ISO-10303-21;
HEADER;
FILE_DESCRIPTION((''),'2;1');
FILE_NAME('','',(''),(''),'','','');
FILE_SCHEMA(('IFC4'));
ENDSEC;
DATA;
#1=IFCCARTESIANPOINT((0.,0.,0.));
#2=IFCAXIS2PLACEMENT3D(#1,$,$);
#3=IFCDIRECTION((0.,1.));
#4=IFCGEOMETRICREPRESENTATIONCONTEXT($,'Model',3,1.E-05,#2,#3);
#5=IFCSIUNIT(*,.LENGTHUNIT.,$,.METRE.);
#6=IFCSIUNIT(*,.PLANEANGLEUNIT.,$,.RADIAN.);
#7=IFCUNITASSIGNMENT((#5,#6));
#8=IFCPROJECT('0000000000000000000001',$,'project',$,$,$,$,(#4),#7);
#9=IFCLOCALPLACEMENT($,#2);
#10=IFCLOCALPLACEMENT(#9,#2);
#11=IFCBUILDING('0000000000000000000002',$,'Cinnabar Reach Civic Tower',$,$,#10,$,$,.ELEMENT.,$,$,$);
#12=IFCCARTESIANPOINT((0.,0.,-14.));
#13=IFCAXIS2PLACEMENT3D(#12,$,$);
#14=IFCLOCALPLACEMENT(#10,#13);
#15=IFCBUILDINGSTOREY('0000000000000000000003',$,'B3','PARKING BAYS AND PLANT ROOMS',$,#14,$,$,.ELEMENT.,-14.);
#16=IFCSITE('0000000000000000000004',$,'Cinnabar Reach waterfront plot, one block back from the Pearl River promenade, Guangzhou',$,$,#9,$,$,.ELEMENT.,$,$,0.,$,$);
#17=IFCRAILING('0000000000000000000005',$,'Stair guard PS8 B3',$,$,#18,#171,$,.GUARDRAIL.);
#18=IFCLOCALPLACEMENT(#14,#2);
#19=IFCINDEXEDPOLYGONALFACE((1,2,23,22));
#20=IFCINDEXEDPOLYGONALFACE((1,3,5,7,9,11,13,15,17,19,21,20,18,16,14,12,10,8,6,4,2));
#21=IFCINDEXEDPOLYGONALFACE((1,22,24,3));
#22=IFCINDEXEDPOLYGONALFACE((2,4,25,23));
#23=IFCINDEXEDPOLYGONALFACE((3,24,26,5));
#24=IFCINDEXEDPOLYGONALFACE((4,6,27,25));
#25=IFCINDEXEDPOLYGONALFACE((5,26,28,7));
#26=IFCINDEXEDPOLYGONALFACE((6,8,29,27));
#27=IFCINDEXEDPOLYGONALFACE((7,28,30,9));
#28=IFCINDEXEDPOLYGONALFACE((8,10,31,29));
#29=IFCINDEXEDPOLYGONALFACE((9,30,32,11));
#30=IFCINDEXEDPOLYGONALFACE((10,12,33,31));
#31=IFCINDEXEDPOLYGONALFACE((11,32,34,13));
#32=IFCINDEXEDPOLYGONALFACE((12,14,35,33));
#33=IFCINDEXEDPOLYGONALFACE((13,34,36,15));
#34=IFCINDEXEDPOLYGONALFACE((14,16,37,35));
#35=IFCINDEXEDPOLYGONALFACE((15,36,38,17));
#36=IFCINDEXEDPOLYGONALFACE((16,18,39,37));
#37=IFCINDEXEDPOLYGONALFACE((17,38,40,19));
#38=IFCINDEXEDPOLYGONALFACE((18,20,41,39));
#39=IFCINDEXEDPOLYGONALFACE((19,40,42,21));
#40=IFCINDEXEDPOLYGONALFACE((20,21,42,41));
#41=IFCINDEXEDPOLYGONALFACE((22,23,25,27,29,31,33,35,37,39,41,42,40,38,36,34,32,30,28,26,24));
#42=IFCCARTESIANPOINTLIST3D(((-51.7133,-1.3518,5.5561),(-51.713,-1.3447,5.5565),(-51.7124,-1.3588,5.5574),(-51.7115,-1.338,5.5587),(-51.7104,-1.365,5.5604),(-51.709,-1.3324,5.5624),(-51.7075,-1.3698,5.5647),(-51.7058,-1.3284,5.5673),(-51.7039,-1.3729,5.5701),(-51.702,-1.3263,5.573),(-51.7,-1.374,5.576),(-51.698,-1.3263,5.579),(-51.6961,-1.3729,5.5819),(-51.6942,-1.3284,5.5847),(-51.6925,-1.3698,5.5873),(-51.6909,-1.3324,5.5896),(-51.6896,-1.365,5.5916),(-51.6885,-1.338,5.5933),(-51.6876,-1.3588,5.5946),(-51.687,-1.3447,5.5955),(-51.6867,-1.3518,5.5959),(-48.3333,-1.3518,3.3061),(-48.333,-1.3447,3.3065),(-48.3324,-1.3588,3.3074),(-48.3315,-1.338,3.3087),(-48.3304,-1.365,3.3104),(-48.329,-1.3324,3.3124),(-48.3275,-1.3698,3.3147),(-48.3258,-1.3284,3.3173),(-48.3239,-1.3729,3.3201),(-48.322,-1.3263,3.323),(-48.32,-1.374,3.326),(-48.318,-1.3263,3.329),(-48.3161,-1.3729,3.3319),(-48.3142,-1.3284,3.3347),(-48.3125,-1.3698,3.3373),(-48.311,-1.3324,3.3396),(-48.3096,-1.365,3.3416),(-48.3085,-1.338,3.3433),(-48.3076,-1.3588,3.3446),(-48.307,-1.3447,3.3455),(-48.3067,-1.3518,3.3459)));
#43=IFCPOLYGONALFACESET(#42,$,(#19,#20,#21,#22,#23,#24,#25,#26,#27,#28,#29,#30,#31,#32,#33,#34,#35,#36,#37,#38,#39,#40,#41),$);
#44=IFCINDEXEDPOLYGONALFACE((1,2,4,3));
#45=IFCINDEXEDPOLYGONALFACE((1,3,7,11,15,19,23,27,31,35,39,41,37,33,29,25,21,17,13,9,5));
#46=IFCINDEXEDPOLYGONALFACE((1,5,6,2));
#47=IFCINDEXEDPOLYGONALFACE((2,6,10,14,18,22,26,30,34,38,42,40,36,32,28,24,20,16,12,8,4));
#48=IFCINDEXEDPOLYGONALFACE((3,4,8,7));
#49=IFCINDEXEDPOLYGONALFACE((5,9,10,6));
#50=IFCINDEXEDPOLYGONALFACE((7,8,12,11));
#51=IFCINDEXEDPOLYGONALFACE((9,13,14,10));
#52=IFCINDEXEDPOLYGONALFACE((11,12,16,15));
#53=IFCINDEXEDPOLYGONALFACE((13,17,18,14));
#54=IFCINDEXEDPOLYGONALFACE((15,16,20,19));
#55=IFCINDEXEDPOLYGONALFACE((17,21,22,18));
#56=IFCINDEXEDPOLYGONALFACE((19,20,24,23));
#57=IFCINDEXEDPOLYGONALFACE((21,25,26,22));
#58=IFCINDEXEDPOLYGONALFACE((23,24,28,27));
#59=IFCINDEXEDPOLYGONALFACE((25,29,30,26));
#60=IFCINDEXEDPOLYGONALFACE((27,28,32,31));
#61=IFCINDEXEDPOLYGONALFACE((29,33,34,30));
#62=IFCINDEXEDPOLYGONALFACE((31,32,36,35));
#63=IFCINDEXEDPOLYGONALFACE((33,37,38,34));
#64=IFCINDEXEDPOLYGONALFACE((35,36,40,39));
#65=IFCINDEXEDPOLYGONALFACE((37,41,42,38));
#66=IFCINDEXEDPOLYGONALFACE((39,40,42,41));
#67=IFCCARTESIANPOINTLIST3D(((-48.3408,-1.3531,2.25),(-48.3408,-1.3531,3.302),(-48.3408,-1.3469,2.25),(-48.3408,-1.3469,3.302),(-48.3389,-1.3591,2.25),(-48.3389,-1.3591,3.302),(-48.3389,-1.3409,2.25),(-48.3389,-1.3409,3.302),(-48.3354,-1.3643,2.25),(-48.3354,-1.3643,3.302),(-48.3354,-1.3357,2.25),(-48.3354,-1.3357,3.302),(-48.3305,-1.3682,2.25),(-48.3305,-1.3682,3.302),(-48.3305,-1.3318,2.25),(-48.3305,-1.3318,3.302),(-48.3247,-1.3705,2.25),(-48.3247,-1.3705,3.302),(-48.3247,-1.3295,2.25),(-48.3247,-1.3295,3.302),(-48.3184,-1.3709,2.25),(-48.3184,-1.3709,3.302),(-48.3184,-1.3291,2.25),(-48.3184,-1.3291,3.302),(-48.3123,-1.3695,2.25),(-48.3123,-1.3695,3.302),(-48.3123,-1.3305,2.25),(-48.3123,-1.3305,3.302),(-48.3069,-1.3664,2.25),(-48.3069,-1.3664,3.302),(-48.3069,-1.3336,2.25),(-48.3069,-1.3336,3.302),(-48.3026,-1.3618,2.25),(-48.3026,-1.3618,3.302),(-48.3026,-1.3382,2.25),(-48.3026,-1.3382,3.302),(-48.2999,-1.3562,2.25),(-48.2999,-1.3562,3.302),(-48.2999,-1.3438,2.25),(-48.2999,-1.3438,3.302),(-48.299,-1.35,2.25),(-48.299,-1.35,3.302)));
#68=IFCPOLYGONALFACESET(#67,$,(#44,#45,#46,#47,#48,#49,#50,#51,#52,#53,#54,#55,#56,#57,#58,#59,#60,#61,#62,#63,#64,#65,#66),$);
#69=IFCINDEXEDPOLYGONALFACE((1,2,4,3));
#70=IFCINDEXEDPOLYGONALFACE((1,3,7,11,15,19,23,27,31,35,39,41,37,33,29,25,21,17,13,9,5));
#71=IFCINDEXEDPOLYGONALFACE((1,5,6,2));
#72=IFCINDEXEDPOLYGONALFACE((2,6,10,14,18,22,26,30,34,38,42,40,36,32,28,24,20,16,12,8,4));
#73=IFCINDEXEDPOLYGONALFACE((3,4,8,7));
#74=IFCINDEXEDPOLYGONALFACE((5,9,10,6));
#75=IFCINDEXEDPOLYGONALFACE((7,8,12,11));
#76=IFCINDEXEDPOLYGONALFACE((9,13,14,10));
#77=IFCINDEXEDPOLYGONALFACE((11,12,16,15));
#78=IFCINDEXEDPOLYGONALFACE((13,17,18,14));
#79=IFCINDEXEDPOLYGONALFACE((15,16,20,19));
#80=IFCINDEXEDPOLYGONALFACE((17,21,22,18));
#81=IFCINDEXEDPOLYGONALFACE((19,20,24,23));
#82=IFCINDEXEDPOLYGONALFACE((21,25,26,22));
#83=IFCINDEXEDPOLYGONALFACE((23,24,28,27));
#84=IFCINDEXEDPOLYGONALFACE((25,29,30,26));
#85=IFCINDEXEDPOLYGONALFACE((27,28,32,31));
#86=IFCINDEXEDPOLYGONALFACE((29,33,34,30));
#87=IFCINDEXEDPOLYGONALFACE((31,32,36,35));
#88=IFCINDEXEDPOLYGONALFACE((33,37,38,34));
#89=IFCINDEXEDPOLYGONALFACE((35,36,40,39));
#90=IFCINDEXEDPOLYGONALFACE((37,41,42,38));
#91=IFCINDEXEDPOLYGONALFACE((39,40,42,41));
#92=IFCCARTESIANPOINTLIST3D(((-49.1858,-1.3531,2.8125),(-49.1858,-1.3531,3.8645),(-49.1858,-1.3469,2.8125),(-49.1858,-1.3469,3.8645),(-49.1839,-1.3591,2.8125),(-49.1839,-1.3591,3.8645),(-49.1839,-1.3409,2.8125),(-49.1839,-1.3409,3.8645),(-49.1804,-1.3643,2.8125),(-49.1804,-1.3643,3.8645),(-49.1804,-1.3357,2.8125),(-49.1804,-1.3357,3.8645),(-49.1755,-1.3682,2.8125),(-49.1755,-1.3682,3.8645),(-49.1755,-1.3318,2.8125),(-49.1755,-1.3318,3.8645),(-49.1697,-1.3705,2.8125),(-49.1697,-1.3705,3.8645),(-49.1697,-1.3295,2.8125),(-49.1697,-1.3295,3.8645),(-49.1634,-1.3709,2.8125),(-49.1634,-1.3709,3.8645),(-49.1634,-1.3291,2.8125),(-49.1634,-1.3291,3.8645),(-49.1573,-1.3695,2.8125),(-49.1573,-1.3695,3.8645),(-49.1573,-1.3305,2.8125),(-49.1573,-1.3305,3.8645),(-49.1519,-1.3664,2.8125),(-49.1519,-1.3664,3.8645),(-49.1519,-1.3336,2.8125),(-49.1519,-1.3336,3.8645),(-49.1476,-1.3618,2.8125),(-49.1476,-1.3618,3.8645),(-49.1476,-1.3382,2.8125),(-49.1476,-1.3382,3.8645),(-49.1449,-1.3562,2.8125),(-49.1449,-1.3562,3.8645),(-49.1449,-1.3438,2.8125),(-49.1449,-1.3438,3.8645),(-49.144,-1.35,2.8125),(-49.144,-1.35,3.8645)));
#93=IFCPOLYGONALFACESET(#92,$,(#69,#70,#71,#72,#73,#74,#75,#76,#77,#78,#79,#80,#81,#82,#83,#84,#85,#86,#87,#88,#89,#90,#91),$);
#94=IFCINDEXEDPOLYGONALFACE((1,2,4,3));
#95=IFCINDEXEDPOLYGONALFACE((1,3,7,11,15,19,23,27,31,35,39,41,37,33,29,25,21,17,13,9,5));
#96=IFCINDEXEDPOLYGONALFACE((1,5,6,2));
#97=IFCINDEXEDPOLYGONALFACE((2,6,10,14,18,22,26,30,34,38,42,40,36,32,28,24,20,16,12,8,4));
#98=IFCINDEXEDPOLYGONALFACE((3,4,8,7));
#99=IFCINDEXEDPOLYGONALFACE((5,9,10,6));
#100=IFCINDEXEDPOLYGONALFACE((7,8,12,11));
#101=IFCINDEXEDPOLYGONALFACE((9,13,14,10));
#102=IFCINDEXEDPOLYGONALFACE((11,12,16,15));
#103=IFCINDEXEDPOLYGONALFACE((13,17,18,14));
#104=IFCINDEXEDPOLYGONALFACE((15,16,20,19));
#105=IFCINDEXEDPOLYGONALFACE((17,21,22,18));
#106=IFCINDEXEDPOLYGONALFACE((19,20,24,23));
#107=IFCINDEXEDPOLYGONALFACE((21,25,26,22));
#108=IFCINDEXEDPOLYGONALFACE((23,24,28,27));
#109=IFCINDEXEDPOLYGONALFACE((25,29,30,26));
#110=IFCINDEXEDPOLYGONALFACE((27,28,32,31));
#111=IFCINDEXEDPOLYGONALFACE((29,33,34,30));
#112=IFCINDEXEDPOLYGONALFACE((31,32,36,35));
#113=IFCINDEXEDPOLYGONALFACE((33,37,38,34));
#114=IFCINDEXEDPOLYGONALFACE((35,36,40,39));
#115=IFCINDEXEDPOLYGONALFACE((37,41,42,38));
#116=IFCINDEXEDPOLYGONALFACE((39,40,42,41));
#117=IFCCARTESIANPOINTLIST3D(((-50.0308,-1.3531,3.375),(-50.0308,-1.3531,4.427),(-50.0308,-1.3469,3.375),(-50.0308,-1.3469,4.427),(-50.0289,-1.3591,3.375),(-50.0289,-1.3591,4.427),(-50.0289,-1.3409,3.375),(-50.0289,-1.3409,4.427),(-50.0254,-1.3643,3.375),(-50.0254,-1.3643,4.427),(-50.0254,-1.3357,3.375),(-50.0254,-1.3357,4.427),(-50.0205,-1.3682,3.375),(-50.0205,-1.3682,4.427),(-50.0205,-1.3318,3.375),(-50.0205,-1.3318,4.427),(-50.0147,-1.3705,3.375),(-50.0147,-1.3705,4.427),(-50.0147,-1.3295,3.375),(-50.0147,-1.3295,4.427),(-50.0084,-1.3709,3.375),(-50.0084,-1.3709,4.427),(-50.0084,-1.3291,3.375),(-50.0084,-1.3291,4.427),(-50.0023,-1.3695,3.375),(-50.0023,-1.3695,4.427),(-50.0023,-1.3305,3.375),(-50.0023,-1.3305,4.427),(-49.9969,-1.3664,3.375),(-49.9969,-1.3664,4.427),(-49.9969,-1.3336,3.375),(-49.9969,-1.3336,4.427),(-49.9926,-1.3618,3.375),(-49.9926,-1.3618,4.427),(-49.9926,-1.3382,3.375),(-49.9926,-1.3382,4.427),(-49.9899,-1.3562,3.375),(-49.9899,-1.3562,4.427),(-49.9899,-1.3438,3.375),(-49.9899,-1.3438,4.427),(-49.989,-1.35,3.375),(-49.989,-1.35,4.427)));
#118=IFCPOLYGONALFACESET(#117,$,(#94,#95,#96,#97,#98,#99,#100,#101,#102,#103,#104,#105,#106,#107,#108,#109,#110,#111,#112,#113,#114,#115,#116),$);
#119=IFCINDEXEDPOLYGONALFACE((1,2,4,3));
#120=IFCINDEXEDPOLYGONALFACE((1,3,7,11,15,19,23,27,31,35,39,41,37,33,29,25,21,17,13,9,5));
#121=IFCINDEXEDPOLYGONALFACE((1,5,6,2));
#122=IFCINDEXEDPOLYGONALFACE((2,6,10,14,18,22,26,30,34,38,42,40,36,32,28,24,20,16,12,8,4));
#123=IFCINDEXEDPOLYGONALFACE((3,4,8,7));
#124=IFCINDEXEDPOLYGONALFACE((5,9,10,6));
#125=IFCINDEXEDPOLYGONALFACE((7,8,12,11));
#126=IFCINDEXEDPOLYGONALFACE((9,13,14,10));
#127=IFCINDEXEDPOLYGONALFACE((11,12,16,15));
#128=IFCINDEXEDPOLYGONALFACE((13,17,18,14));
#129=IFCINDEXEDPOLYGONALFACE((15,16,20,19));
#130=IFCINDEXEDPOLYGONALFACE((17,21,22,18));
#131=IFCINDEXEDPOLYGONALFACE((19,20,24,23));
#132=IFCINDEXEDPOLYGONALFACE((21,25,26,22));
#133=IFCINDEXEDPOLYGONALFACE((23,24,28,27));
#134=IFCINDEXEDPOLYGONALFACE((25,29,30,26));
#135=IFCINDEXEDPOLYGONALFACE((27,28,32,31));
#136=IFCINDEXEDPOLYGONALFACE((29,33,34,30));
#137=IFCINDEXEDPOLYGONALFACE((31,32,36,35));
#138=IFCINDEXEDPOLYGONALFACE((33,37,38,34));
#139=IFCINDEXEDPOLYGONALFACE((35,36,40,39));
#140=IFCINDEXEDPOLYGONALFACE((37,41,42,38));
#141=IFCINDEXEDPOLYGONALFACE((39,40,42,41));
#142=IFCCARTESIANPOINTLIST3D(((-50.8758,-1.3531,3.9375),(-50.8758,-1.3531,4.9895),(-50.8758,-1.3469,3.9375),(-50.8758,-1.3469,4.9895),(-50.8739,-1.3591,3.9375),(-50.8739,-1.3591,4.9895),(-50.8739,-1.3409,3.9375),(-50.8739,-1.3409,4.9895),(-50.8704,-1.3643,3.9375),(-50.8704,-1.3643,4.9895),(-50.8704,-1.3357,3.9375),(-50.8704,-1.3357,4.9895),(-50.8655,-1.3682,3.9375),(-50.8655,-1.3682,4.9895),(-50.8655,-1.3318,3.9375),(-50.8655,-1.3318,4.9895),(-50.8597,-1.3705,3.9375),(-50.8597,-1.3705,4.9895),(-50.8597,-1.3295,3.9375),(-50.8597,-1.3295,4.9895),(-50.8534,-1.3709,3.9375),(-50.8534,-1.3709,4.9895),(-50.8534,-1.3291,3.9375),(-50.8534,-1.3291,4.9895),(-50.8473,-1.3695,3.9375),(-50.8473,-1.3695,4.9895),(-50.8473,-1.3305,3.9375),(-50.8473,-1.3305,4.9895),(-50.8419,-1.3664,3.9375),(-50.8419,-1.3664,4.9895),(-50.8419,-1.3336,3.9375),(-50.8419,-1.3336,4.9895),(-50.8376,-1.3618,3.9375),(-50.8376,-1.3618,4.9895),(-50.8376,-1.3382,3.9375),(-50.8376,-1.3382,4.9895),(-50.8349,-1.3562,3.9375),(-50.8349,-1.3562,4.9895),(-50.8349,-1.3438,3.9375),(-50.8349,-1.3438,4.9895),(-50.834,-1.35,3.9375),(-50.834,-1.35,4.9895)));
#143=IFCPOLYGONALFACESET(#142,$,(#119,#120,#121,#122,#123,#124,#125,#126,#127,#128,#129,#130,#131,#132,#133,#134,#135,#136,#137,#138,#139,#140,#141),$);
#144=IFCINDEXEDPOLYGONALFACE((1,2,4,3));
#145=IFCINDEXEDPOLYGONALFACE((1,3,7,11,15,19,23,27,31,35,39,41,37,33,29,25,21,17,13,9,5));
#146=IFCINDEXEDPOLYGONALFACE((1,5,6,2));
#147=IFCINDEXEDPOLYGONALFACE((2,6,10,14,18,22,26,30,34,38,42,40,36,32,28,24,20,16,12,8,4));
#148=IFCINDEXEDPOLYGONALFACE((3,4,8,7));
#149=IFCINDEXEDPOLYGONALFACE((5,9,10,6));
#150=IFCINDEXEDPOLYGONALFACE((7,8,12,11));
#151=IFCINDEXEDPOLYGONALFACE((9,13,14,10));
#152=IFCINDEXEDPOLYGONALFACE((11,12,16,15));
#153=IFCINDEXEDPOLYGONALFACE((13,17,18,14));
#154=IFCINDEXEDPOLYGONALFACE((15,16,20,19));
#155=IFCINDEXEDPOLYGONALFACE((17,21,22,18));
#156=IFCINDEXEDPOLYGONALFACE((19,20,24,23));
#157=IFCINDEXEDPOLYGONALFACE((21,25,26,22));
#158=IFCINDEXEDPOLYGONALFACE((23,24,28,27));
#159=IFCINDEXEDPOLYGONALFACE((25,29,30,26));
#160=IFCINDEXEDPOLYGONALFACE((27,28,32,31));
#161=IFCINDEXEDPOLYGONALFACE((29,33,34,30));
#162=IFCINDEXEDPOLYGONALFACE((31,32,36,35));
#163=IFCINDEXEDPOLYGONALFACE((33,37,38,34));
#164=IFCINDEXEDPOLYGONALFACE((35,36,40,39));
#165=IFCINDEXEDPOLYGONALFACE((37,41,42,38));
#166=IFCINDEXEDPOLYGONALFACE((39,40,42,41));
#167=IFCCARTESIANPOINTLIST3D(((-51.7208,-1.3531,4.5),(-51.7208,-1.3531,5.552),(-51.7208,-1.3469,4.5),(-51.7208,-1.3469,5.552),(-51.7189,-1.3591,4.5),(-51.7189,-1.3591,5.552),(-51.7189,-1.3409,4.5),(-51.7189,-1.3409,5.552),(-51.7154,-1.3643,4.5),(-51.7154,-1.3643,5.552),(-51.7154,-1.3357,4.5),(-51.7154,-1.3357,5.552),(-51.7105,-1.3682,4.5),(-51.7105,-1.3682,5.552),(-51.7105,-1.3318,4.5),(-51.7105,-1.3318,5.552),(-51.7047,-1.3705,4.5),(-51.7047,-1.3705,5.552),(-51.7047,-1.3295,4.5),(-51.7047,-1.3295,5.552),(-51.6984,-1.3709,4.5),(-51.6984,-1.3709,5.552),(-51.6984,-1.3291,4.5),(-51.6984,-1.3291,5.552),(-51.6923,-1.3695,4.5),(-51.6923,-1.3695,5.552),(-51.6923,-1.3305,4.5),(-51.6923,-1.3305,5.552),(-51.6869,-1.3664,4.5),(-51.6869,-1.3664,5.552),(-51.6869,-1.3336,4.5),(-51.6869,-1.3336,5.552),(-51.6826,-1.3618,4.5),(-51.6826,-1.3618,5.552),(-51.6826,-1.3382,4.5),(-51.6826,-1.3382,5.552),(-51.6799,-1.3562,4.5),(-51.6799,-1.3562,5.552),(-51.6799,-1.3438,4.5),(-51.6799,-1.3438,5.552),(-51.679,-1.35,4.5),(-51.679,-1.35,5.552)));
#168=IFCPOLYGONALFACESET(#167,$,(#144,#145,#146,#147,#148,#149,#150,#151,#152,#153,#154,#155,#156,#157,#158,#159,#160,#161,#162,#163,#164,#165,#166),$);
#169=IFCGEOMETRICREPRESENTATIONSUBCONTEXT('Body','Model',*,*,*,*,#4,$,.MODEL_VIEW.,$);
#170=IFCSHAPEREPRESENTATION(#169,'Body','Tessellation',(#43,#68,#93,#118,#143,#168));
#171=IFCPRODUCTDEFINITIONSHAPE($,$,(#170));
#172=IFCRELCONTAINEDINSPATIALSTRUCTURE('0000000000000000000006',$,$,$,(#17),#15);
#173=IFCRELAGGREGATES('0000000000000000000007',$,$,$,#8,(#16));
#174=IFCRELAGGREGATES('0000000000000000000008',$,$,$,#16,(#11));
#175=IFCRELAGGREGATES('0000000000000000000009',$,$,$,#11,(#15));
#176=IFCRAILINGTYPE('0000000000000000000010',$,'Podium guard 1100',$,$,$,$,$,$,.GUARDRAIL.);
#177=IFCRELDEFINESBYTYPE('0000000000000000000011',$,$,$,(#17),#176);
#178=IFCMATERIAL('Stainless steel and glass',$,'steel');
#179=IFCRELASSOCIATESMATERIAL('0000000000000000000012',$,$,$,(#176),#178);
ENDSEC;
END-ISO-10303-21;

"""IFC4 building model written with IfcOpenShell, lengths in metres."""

from ifc_helpers import new_model, si_unit, direction, frame, origin, origin_2d, place, context, subcontext, project, spatial, circle, extrude, material, type_object, element, save


model = new_model("IFC4")

# Units and contexts
model_context = context("Model", 3, precision=1e-05, world=origin(), true_north=direction((0.0, 1.0)))
body_context = subcontext(model_context, "Body", "Model", "MODEL_VIEW")
ifc_project = project(units=[si_unit("LENGTHUNIT", "METRE"), si_unit("PLANEANGLEUNIT", "RADIAN")], contexts=[model_context])

# Site, building, storey
site_placement = place(None, origin())
site = spatial("IfcSite", under=ifc_project, at=site_placement, Name="Cinnabar Reach waterfront plot, one block back from the Pearl River promenade, Guangzhou", CompositionType="ELEMENT", RefElevation=0.0)
building_placement = place(site_placement, origin())
building = spatial("IfcBuilding", under=site, at=building_placement, Name="Cinnabar Reach Civic Tower", CompositionType="ELEMENT")
storey_placement = place(building_placement, frame((0.0, 0.0, -14.0)))
storey = spatial("IfcBuildingStorey", under=building, at=storey_placement, Name="B3", Description="PARKING BAYS AND PLANT ROOMS", CompositionType="ELEMENT", Elevation=-14.0)

# Railing
ifc_material_1 = material(Name="Stainless steel and glass", Category="steel")
railing_type = type_object("IfcRailingType", Name="Podium guard 1100", PredefinedType="GUARDRAIL", material=ifc_material_1)
railing_1_placement = place(storey_placement, frame((-48.32, -1.35, 2.25)))
element("IfcRailing", 1, at=railing_1_placement, inside=storey, type_object=railing_type, Name="Stair guard PS8 B3", PredefinedType="GUARDRAIL", context=body_context, shape_type="SweptSolid", body=[
    extrude(circle(Radius=0.024, at=origin_2d()), frame((0.0, 0.0, 1.076), z_axis=(-0.832429, 0.0, 0.554132), x_axis=(0.0, -1.0, 0.0)), (0.0, 0.0, 1.0), 4.0604),
    extrude(circle(Radius=0.021, at=origin_2d()), origin(), (0.0, 0.0, 1.0), 1.052),
    extrude(circle(Radius=0.021, at=origin_2d()), frame((-0.845, 0.0, 0.5625)), (0.0, 0.0, 1.0), 1.052),
    extrude(circle(Radius=0.021, at=origin_2d()), frame((-1.69, 0.0, 1.125)), (0.0, 0.0, 1.0), 1.052),
    extrude(circle(Radius=0.021, at=origin_2d()), frame((-2.535, 0.0, 1.6875)), (0.0, 0.0, 1.0), 1.052),
    extrude(circle(Radius=0.021, at=origin_2d()), frame((-3.38, 0.0, 2.25)), (0.0, 0.0, 1.0), 1.052),
])

save(model, "model.ifc")
